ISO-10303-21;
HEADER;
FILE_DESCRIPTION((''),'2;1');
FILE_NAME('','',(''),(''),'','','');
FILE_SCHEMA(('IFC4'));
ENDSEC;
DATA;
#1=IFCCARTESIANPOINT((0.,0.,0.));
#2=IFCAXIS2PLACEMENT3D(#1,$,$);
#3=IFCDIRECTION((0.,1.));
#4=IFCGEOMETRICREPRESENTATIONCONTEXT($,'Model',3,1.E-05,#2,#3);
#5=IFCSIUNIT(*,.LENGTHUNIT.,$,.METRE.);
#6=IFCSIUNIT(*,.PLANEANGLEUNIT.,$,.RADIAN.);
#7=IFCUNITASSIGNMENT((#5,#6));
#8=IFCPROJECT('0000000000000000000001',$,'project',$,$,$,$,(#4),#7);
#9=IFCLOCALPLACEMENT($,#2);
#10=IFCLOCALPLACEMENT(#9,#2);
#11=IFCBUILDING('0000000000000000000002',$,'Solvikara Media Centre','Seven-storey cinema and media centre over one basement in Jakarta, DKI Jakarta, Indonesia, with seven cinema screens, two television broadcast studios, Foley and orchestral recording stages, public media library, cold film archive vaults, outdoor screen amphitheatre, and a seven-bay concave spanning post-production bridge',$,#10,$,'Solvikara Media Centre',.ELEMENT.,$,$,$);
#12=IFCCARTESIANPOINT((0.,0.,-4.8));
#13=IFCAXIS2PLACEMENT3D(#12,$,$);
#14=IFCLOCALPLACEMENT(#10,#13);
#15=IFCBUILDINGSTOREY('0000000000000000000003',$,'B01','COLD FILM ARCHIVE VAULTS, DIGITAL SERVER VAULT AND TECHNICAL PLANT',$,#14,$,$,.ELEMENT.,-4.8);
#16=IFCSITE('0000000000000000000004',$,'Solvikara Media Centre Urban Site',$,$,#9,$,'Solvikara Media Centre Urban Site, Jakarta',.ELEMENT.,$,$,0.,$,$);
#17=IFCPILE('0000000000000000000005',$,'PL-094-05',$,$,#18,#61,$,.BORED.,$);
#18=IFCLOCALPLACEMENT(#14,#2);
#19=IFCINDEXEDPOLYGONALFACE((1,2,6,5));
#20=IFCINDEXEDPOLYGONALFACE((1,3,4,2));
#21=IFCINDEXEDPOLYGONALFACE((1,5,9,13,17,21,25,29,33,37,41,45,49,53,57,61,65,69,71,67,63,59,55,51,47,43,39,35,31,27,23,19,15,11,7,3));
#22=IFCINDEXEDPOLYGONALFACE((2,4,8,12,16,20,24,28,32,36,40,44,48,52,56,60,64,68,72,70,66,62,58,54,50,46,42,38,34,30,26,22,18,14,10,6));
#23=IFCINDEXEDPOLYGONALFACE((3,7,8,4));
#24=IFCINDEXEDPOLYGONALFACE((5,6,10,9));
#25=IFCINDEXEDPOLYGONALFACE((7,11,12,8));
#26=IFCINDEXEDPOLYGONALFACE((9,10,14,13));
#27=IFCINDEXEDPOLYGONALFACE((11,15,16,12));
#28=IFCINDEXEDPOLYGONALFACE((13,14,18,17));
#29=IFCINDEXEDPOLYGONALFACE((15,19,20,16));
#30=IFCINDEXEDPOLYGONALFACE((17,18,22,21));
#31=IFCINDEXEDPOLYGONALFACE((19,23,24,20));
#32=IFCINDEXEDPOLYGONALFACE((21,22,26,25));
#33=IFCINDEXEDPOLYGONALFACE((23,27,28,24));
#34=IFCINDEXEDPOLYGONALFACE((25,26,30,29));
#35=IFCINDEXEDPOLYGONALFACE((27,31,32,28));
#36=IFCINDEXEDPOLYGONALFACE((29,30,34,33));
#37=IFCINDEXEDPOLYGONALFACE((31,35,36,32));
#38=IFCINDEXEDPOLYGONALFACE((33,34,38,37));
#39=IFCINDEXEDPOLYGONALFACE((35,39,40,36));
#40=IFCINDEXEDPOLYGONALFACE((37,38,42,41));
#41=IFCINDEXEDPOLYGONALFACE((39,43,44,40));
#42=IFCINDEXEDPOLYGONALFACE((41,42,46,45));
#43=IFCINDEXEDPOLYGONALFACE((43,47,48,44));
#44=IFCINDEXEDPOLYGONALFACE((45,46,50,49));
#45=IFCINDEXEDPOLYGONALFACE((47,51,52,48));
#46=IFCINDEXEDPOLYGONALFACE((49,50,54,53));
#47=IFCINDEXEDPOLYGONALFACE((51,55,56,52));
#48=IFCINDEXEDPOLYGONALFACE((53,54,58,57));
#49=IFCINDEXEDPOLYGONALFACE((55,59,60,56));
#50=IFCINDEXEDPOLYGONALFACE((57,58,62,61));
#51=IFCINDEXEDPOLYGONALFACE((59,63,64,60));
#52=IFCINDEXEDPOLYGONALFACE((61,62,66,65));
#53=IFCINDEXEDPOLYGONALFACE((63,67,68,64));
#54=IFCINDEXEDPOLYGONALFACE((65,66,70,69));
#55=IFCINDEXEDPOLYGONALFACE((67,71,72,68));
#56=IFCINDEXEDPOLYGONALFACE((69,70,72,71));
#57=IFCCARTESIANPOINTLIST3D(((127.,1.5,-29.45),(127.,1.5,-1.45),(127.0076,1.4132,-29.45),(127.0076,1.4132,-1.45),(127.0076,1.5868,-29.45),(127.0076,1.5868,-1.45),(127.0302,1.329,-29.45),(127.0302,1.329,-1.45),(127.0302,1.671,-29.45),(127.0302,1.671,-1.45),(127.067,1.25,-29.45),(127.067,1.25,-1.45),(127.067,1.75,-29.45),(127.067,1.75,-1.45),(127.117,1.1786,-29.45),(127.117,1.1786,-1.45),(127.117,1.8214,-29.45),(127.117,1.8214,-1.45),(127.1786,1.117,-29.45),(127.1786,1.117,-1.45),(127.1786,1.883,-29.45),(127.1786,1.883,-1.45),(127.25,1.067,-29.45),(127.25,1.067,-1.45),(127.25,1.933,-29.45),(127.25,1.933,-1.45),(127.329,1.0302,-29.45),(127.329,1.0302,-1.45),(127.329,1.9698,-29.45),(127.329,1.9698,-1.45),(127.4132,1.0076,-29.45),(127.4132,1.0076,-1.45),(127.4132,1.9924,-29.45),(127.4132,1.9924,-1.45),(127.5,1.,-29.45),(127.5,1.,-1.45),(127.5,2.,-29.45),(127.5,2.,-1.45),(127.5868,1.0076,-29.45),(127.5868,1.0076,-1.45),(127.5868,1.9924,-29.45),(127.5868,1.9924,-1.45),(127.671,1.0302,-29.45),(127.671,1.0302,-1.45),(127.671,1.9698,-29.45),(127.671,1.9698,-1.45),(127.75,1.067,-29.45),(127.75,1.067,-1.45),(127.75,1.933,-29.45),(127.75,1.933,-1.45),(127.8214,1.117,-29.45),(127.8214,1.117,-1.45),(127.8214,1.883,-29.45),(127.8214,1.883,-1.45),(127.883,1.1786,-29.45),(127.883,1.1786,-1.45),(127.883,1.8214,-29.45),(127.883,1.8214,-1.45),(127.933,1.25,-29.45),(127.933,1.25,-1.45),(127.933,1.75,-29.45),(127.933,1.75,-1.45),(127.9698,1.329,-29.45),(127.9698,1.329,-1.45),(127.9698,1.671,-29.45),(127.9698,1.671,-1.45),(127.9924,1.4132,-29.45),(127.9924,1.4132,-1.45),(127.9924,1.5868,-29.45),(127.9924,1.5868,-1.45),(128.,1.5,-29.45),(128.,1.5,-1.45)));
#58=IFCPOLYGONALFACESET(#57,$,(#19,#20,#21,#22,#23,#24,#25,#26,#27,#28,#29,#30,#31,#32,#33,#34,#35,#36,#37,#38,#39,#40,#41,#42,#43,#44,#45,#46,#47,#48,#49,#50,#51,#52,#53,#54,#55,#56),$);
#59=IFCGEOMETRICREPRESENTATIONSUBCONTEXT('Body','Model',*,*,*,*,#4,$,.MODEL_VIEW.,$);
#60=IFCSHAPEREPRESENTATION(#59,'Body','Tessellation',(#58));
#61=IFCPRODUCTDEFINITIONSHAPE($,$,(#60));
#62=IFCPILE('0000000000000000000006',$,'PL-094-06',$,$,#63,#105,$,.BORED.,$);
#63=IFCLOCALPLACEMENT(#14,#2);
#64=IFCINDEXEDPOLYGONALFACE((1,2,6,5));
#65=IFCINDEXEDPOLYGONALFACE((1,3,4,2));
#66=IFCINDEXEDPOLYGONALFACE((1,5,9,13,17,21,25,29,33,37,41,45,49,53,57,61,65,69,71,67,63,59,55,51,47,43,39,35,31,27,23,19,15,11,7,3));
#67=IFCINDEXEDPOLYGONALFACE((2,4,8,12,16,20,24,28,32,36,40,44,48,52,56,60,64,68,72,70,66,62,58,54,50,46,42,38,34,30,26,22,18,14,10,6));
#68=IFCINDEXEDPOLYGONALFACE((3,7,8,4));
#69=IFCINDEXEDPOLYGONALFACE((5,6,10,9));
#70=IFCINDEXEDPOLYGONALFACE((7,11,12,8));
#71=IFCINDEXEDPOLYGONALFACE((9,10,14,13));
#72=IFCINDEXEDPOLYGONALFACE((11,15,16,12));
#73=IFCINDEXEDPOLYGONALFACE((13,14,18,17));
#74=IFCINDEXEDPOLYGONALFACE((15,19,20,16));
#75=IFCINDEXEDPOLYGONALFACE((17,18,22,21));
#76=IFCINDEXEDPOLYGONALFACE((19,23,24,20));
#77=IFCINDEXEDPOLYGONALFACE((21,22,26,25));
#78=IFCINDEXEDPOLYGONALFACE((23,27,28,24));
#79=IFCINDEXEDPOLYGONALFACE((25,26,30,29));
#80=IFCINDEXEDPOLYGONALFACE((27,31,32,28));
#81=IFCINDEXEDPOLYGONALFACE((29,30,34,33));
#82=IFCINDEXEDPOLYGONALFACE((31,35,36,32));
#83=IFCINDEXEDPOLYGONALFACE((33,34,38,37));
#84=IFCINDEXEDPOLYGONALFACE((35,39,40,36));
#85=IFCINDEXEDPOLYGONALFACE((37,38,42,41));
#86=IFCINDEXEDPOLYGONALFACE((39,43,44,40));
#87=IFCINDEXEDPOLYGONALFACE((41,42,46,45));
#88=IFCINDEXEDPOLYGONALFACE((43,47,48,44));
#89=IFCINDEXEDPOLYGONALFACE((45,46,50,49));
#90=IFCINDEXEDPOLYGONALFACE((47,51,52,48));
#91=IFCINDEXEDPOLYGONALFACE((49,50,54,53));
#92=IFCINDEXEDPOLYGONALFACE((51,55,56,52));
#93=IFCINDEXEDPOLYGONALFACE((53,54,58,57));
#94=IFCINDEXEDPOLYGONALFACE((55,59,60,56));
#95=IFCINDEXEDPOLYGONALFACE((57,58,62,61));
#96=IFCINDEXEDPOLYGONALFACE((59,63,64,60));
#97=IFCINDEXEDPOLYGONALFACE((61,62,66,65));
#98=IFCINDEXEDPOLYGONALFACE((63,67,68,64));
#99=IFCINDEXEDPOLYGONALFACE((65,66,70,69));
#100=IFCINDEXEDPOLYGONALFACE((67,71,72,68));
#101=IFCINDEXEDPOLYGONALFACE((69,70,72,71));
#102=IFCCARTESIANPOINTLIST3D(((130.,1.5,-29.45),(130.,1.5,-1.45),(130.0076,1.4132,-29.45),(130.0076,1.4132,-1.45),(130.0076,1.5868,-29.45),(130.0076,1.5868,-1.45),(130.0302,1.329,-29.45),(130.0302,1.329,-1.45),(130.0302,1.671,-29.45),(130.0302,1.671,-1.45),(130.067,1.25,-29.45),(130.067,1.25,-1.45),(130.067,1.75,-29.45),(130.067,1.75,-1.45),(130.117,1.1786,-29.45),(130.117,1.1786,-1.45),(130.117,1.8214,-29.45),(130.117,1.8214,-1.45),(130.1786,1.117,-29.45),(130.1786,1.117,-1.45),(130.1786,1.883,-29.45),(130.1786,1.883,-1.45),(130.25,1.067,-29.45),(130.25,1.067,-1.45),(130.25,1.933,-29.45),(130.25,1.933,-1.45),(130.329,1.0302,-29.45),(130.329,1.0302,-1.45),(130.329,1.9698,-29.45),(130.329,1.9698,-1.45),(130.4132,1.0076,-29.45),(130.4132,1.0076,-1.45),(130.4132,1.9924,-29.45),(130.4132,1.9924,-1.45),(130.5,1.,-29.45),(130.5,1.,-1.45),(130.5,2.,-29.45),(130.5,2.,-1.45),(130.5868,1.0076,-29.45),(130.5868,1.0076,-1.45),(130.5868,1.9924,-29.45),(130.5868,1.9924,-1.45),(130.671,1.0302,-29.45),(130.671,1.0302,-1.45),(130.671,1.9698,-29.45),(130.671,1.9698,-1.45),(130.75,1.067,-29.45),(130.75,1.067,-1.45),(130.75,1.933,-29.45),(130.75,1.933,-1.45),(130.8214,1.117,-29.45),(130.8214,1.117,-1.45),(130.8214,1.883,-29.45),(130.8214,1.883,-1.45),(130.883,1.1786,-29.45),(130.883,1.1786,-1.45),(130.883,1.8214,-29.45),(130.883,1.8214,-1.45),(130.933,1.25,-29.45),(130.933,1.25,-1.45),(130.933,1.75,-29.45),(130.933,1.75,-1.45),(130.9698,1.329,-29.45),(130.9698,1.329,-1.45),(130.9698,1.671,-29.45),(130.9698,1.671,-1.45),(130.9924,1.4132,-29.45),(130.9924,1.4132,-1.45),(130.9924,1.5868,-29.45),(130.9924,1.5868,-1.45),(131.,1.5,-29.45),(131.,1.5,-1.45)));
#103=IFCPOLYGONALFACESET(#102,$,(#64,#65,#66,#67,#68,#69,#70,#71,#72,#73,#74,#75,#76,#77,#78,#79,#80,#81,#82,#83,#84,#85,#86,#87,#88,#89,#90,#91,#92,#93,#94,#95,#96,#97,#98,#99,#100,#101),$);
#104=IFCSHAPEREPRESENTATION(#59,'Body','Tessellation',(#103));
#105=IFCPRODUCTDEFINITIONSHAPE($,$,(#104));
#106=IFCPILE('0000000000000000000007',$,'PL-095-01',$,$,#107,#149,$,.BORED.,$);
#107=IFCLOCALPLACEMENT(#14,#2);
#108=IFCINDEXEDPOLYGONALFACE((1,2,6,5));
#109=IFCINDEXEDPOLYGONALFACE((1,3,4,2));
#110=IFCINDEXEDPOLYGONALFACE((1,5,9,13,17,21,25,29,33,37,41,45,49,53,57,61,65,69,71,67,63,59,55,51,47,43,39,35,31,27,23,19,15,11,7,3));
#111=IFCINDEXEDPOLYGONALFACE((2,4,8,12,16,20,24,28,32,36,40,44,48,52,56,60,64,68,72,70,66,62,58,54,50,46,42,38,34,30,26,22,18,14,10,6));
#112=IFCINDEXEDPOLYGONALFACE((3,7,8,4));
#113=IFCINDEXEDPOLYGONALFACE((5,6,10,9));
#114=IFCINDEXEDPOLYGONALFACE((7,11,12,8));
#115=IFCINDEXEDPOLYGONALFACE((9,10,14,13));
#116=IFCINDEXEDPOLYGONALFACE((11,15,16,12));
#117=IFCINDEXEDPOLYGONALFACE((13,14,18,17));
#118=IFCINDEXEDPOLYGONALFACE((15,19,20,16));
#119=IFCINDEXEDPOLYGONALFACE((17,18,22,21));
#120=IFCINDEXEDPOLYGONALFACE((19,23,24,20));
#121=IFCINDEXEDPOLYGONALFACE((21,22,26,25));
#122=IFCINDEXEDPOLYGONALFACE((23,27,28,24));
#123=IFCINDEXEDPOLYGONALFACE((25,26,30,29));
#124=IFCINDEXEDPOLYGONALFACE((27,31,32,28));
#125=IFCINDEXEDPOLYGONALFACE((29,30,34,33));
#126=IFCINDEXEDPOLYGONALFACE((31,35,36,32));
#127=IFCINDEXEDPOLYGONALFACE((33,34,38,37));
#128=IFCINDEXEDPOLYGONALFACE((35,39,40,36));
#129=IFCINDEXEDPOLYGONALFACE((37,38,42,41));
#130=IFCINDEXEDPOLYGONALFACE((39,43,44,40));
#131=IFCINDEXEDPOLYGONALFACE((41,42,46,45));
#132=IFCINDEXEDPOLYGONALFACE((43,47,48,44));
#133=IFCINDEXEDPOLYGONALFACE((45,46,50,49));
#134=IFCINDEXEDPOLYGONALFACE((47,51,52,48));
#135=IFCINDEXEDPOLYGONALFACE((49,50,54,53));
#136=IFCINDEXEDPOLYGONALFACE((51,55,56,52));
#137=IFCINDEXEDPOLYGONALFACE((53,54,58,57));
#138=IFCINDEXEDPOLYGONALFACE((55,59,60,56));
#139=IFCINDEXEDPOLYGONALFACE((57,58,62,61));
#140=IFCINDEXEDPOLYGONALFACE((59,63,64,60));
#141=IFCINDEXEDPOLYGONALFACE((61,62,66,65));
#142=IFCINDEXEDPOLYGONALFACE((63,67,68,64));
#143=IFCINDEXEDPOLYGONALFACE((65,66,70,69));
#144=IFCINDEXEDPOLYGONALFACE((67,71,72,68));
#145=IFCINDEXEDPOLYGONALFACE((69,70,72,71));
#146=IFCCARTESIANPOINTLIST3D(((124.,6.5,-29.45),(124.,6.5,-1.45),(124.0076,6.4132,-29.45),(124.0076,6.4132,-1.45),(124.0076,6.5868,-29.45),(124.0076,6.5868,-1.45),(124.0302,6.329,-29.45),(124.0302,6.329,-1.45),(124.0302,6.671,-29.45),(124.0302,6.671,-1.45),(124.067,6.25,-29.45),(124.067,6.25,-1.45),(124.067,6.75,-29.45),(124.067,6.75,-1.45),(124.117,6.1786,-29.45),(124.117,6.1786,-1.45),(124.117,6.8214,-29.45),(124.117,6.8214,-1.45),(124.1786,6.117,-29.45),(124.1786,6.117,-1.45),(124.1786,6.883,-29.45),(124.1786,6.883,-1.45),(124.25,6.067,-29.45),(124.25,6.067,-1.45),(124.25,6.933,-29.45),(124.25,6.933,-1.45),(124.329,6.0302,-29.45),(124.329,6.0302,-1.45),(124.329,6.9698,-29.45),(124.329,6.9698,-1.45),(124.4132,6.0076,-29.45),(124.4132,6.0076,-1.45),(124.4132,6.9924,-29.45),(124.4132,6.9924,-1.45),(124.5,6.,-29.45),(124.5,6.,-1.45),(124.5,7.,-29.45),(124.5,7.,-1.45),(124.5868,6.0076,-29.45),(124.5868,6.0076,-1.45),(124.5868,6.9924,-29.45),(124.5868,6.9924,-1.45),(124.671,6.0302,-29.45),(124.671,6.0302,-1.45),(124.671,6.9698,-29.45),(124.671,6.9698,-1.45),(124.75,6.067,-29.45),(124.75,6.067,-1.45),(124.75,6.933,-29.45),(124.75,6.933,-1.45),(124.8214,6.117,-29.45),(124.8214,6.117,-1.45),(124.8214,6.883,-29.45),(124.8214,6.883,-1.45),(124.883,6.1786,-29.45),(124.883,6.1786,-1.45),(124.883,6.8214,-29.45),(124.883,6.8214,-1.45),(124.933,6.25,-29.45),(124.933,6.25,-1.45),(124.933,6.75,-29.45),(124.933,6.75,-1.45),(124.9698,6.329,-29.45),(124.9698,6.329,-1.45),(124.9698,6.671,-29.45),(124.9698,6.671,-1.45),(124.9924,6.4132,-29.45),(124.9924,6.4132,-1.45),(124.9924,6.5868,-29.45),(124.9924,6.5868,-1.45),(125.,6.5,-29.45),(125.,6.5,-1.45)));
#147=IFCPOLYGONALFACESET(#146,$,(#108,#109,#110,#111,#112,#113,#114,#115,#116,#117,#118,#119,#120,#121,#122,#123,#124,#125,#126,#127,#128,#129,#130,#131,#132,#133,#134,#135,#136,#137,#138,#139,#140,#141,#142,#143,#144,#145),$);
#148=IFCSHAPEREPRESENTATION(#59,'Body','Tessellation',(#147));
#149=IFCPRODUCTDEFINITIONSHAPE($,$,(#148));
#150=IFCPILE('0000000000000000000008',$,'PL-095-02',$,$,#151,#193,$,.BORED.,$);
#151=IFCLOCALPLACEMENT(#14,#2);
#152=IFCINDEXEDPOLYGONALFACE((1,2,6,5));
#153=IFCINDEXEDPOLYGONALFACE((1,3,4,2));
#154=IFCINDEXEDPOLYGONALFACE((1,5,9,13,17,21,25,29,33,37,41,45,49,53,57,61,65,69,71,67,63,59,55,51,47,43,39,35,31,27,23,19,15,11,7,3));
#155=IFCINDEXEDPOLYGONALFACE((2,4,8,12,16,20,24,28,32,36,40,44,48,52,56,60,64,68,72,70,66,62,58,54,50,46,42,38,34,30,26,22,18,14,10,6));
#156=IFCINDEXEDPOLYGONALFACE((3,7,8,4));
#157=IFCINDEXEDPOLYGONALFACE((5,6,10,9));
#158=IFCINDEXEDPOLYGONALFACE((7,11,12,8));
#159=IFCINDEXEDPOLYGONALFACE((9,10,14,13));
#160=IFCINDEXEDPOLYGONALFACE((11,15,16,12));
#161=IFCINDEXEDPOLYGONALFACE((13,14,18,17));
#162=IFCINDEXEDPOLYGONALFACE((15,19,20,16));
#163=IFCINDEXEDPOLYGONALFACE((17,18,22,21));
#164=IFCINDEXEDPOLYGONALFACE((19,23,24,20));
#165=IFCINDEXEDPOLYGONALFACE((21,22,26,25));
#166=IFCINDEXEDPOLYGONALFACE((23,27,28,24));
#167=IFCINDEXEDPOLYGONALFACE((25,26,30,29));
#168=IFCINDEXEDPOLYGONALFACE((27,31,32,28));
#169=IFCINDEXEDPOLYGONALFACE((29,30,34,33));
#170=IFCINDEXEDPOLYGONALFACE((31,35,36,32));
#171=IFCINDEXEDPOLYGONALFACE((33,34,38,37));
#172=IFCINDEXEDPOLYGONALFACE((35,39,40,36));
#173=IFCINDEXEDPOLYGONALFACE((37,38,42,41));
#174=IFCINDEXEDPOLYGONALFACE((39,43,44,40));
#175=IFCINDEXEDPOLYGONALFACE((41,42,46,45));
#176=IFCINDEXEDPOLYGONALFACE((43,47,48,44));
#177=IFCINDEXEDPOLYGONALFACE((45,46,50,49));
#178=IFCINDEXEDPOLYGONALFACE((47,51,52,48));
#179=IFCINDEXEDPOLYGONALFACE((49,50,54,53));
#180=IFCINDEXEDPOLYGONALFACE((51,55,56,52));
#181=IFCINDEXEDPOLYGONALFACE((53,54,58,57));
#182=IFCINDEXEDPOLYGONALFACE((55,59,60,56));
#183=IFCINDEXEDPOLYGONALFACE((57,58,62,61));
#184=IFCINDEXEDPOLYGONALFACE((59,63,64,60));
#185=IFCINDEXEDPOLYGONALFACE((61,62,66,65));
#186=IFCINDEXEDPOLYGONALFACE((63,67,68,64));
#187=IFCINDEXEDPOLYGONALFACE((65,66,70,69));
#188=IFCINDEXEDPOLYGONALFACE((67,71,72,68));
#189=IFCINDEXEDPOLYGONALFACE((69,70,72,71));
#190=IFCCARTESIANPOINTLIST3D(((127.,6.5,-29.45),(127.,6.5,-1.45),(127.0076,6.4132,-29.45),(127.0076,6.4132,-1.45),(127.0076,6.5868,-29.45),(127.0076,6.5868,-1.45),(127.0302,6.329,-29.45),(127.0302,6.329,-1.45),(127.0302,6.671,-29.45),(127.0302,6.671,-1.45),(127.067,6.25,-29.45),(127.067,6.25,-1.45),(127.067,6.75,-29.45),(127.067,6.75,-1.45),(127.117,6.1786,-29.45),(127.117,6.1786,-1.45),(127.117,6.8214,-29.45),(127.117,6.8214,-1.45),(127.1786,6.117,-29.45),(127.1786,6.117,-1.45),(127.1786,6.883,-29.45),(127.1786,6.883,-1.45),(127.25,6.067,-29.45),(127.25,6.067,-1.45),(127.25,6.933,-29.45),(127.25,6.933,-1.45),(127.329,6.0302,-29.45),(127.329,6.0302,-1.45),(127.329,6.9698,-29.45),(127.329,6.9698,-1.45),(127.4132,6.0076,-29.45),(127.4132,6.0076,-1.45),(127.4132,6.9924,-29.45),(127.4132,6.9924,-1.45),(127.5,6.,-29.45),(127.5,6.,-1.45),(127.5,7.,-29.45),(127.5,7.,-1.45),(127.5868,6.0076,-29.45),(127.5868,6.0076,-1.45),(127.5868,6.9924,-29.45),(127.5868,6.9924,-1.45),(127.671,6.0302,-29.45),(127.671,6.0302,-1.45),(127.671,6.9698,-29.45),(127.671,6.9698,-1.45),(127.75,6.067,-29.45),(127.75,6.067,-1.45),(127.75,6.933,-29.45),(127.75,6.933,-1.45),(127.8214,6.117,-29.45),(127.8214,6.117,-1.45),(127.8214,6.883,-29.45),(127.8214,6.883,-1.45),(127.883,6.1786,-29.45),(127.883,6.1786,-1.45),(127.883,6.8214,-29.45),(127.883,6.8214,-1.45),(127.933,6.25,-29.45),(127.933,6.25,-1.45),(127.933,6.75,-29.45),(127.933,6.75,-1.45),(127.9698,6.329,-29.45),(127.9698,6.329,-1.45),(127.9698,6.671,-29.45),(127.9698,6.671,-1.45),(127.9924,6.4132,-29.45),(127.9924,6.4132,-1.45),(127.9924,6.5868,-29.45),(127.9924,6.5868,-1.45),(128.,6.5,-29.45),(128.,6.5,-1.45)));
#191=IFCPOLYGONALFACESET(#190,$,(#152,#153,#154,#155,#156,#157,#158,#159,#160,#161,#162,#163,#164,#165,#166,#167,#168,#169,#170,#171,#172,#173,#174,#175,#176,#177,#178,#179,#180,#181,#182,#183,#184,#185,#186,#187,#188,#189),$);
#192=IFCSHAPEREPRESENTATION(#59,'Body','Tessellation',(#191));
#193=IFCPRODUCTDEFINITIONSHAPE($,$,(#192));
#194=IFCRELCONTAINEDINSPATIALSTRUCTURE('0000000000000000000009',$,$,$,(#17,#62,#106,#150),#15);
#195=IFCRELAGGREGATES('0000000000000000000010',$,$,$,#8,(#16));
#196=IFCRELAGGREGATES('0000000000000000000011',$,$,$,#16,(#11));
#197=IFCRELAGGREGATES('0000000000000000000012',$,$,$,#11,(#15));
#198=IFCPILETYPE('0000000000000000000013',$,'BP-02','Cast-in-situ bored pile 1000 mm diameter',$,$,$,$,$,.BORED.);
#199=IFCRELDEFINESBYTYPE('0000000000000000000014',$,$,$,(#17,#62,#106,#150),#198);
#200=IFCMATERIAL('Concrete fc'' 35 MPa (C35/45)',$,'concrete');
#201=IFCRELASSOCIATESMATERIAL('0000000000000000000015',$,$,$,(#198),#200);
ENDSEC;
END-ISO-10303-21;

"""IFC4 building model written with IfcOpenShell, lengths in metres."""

from ifc_helpers import new_model, si_unit, direction, frame, origin, origin_2d, place, context, subcontext, project, spatial, circle, extrude, material, material_profile, profile_set, type_object, element, save


model = new_model("IFC4")

# Units and contexts
model_context = context("Model", 3, precision=1e-05, world=origin(), true_north=direction((0.0, 1.0)))
body_context = subcontext(model_context, "Body", "Model", "MODEL_VIEW")
ifc_project = project(units=[si_unit("LENGTHUNIT", "METRE"), si_unit("PLANEANGLEUNIT", "RADIAN")], contexts=[model_context])

# Site, building, storey
site_placement = place(None, origin())
site = spatial("IfcSite", under=ifc_project, at=site_placement, Name="Solvikara Media Centre Urban Site", LongName="Solvikara Media Centre Urban Site, Jakarta", CompositionType="ELEMENT", RefElevation=0.0)
building_placement = place(site_placement, origin())
building = spatial("IfcBuilding", under=site, at=building_placement, Name="Solvikara Media Centre", Description="Seven-storey cinema and media centre over one basement in Jakarta, DKI Jakarta, Indonesia, with seven cinema screens, two television broadcast studios, Foley and orchestral recording stages, public media library, cold film archive vaults, outdoor screen amphitheatre, and a seven-bay concave spanning post-production bridge", LongName="Solvikara Media Centre", CompositionType="ELEMENT")
storey_placement = place(building_placement, frame((0.0, 0.0, -4.8)))
storey = spatial("IfcBuildingStorey", under=building, at=storey_placement, Name="B01", Description="COLD FILM ARCHIVE VAULTS, DIGITAL SERVER VAULT AND TECHNICAL PLANT", CompositionType="ELEMENT", Elevation=-4.8)

# Piles
ifc_material_1 = material(Name="Concrete fc' 35 MPa (C35/45)", Category="concrete")
ifc_material_profile_1 = material_profile(ifc_material_1, circle(Radius=0.5, at=origin_2d()), Name="BORED PILE D1000")
ifc_profile_set_1 = profile_set([ifc_material_profile_1], Name="Concrete fc' 35 MPa (C35/45)")
pile_type = type_object("IfcPileType", Name="BP-02", Description="Cast-in-situ bored pile 1000 mm diameter", PredefinedType="BORED", material=ifc_profile_set_1)
for number, where, z_axis, x_axis, name in (
    (1, (127.5, 1.5, -1.45), (0.0, 0.0, -1.0), (1.0, 0.0, 0.0), "PL-094-05"),
    (2, (130.5, 1.5, -1.45), (0.0, 0.0, -1.0), (1.0, 0.0, 0.0), "PL-094-06"),
    (3, (124.5, 6.5, -1.45), (0.0, 0.0, -1.0), (1.0, 0.0, 0.0), "PL-095-01"),
    (4, (127.5, 6.5, -1.45), (0.0, 0.0, -1.0), (1.0, 0.0, 0.0), "PL-095-02"),
):
    element("IfcPile", number, at=place(storey_placement, frame(where, z_axis=z_axis, x_axis=x_axis)), inside=storey, type_object=pile_type, Name=name, PredefinedType="BORED", context=body_context, shape_type="SweptSolid", body=[
        extrude(circle(Radius=0.5, at=origin_2d()), origin(), (0.0, 0.0, 1.0), 28.0),
    ])

save(model, "model.ifc")
